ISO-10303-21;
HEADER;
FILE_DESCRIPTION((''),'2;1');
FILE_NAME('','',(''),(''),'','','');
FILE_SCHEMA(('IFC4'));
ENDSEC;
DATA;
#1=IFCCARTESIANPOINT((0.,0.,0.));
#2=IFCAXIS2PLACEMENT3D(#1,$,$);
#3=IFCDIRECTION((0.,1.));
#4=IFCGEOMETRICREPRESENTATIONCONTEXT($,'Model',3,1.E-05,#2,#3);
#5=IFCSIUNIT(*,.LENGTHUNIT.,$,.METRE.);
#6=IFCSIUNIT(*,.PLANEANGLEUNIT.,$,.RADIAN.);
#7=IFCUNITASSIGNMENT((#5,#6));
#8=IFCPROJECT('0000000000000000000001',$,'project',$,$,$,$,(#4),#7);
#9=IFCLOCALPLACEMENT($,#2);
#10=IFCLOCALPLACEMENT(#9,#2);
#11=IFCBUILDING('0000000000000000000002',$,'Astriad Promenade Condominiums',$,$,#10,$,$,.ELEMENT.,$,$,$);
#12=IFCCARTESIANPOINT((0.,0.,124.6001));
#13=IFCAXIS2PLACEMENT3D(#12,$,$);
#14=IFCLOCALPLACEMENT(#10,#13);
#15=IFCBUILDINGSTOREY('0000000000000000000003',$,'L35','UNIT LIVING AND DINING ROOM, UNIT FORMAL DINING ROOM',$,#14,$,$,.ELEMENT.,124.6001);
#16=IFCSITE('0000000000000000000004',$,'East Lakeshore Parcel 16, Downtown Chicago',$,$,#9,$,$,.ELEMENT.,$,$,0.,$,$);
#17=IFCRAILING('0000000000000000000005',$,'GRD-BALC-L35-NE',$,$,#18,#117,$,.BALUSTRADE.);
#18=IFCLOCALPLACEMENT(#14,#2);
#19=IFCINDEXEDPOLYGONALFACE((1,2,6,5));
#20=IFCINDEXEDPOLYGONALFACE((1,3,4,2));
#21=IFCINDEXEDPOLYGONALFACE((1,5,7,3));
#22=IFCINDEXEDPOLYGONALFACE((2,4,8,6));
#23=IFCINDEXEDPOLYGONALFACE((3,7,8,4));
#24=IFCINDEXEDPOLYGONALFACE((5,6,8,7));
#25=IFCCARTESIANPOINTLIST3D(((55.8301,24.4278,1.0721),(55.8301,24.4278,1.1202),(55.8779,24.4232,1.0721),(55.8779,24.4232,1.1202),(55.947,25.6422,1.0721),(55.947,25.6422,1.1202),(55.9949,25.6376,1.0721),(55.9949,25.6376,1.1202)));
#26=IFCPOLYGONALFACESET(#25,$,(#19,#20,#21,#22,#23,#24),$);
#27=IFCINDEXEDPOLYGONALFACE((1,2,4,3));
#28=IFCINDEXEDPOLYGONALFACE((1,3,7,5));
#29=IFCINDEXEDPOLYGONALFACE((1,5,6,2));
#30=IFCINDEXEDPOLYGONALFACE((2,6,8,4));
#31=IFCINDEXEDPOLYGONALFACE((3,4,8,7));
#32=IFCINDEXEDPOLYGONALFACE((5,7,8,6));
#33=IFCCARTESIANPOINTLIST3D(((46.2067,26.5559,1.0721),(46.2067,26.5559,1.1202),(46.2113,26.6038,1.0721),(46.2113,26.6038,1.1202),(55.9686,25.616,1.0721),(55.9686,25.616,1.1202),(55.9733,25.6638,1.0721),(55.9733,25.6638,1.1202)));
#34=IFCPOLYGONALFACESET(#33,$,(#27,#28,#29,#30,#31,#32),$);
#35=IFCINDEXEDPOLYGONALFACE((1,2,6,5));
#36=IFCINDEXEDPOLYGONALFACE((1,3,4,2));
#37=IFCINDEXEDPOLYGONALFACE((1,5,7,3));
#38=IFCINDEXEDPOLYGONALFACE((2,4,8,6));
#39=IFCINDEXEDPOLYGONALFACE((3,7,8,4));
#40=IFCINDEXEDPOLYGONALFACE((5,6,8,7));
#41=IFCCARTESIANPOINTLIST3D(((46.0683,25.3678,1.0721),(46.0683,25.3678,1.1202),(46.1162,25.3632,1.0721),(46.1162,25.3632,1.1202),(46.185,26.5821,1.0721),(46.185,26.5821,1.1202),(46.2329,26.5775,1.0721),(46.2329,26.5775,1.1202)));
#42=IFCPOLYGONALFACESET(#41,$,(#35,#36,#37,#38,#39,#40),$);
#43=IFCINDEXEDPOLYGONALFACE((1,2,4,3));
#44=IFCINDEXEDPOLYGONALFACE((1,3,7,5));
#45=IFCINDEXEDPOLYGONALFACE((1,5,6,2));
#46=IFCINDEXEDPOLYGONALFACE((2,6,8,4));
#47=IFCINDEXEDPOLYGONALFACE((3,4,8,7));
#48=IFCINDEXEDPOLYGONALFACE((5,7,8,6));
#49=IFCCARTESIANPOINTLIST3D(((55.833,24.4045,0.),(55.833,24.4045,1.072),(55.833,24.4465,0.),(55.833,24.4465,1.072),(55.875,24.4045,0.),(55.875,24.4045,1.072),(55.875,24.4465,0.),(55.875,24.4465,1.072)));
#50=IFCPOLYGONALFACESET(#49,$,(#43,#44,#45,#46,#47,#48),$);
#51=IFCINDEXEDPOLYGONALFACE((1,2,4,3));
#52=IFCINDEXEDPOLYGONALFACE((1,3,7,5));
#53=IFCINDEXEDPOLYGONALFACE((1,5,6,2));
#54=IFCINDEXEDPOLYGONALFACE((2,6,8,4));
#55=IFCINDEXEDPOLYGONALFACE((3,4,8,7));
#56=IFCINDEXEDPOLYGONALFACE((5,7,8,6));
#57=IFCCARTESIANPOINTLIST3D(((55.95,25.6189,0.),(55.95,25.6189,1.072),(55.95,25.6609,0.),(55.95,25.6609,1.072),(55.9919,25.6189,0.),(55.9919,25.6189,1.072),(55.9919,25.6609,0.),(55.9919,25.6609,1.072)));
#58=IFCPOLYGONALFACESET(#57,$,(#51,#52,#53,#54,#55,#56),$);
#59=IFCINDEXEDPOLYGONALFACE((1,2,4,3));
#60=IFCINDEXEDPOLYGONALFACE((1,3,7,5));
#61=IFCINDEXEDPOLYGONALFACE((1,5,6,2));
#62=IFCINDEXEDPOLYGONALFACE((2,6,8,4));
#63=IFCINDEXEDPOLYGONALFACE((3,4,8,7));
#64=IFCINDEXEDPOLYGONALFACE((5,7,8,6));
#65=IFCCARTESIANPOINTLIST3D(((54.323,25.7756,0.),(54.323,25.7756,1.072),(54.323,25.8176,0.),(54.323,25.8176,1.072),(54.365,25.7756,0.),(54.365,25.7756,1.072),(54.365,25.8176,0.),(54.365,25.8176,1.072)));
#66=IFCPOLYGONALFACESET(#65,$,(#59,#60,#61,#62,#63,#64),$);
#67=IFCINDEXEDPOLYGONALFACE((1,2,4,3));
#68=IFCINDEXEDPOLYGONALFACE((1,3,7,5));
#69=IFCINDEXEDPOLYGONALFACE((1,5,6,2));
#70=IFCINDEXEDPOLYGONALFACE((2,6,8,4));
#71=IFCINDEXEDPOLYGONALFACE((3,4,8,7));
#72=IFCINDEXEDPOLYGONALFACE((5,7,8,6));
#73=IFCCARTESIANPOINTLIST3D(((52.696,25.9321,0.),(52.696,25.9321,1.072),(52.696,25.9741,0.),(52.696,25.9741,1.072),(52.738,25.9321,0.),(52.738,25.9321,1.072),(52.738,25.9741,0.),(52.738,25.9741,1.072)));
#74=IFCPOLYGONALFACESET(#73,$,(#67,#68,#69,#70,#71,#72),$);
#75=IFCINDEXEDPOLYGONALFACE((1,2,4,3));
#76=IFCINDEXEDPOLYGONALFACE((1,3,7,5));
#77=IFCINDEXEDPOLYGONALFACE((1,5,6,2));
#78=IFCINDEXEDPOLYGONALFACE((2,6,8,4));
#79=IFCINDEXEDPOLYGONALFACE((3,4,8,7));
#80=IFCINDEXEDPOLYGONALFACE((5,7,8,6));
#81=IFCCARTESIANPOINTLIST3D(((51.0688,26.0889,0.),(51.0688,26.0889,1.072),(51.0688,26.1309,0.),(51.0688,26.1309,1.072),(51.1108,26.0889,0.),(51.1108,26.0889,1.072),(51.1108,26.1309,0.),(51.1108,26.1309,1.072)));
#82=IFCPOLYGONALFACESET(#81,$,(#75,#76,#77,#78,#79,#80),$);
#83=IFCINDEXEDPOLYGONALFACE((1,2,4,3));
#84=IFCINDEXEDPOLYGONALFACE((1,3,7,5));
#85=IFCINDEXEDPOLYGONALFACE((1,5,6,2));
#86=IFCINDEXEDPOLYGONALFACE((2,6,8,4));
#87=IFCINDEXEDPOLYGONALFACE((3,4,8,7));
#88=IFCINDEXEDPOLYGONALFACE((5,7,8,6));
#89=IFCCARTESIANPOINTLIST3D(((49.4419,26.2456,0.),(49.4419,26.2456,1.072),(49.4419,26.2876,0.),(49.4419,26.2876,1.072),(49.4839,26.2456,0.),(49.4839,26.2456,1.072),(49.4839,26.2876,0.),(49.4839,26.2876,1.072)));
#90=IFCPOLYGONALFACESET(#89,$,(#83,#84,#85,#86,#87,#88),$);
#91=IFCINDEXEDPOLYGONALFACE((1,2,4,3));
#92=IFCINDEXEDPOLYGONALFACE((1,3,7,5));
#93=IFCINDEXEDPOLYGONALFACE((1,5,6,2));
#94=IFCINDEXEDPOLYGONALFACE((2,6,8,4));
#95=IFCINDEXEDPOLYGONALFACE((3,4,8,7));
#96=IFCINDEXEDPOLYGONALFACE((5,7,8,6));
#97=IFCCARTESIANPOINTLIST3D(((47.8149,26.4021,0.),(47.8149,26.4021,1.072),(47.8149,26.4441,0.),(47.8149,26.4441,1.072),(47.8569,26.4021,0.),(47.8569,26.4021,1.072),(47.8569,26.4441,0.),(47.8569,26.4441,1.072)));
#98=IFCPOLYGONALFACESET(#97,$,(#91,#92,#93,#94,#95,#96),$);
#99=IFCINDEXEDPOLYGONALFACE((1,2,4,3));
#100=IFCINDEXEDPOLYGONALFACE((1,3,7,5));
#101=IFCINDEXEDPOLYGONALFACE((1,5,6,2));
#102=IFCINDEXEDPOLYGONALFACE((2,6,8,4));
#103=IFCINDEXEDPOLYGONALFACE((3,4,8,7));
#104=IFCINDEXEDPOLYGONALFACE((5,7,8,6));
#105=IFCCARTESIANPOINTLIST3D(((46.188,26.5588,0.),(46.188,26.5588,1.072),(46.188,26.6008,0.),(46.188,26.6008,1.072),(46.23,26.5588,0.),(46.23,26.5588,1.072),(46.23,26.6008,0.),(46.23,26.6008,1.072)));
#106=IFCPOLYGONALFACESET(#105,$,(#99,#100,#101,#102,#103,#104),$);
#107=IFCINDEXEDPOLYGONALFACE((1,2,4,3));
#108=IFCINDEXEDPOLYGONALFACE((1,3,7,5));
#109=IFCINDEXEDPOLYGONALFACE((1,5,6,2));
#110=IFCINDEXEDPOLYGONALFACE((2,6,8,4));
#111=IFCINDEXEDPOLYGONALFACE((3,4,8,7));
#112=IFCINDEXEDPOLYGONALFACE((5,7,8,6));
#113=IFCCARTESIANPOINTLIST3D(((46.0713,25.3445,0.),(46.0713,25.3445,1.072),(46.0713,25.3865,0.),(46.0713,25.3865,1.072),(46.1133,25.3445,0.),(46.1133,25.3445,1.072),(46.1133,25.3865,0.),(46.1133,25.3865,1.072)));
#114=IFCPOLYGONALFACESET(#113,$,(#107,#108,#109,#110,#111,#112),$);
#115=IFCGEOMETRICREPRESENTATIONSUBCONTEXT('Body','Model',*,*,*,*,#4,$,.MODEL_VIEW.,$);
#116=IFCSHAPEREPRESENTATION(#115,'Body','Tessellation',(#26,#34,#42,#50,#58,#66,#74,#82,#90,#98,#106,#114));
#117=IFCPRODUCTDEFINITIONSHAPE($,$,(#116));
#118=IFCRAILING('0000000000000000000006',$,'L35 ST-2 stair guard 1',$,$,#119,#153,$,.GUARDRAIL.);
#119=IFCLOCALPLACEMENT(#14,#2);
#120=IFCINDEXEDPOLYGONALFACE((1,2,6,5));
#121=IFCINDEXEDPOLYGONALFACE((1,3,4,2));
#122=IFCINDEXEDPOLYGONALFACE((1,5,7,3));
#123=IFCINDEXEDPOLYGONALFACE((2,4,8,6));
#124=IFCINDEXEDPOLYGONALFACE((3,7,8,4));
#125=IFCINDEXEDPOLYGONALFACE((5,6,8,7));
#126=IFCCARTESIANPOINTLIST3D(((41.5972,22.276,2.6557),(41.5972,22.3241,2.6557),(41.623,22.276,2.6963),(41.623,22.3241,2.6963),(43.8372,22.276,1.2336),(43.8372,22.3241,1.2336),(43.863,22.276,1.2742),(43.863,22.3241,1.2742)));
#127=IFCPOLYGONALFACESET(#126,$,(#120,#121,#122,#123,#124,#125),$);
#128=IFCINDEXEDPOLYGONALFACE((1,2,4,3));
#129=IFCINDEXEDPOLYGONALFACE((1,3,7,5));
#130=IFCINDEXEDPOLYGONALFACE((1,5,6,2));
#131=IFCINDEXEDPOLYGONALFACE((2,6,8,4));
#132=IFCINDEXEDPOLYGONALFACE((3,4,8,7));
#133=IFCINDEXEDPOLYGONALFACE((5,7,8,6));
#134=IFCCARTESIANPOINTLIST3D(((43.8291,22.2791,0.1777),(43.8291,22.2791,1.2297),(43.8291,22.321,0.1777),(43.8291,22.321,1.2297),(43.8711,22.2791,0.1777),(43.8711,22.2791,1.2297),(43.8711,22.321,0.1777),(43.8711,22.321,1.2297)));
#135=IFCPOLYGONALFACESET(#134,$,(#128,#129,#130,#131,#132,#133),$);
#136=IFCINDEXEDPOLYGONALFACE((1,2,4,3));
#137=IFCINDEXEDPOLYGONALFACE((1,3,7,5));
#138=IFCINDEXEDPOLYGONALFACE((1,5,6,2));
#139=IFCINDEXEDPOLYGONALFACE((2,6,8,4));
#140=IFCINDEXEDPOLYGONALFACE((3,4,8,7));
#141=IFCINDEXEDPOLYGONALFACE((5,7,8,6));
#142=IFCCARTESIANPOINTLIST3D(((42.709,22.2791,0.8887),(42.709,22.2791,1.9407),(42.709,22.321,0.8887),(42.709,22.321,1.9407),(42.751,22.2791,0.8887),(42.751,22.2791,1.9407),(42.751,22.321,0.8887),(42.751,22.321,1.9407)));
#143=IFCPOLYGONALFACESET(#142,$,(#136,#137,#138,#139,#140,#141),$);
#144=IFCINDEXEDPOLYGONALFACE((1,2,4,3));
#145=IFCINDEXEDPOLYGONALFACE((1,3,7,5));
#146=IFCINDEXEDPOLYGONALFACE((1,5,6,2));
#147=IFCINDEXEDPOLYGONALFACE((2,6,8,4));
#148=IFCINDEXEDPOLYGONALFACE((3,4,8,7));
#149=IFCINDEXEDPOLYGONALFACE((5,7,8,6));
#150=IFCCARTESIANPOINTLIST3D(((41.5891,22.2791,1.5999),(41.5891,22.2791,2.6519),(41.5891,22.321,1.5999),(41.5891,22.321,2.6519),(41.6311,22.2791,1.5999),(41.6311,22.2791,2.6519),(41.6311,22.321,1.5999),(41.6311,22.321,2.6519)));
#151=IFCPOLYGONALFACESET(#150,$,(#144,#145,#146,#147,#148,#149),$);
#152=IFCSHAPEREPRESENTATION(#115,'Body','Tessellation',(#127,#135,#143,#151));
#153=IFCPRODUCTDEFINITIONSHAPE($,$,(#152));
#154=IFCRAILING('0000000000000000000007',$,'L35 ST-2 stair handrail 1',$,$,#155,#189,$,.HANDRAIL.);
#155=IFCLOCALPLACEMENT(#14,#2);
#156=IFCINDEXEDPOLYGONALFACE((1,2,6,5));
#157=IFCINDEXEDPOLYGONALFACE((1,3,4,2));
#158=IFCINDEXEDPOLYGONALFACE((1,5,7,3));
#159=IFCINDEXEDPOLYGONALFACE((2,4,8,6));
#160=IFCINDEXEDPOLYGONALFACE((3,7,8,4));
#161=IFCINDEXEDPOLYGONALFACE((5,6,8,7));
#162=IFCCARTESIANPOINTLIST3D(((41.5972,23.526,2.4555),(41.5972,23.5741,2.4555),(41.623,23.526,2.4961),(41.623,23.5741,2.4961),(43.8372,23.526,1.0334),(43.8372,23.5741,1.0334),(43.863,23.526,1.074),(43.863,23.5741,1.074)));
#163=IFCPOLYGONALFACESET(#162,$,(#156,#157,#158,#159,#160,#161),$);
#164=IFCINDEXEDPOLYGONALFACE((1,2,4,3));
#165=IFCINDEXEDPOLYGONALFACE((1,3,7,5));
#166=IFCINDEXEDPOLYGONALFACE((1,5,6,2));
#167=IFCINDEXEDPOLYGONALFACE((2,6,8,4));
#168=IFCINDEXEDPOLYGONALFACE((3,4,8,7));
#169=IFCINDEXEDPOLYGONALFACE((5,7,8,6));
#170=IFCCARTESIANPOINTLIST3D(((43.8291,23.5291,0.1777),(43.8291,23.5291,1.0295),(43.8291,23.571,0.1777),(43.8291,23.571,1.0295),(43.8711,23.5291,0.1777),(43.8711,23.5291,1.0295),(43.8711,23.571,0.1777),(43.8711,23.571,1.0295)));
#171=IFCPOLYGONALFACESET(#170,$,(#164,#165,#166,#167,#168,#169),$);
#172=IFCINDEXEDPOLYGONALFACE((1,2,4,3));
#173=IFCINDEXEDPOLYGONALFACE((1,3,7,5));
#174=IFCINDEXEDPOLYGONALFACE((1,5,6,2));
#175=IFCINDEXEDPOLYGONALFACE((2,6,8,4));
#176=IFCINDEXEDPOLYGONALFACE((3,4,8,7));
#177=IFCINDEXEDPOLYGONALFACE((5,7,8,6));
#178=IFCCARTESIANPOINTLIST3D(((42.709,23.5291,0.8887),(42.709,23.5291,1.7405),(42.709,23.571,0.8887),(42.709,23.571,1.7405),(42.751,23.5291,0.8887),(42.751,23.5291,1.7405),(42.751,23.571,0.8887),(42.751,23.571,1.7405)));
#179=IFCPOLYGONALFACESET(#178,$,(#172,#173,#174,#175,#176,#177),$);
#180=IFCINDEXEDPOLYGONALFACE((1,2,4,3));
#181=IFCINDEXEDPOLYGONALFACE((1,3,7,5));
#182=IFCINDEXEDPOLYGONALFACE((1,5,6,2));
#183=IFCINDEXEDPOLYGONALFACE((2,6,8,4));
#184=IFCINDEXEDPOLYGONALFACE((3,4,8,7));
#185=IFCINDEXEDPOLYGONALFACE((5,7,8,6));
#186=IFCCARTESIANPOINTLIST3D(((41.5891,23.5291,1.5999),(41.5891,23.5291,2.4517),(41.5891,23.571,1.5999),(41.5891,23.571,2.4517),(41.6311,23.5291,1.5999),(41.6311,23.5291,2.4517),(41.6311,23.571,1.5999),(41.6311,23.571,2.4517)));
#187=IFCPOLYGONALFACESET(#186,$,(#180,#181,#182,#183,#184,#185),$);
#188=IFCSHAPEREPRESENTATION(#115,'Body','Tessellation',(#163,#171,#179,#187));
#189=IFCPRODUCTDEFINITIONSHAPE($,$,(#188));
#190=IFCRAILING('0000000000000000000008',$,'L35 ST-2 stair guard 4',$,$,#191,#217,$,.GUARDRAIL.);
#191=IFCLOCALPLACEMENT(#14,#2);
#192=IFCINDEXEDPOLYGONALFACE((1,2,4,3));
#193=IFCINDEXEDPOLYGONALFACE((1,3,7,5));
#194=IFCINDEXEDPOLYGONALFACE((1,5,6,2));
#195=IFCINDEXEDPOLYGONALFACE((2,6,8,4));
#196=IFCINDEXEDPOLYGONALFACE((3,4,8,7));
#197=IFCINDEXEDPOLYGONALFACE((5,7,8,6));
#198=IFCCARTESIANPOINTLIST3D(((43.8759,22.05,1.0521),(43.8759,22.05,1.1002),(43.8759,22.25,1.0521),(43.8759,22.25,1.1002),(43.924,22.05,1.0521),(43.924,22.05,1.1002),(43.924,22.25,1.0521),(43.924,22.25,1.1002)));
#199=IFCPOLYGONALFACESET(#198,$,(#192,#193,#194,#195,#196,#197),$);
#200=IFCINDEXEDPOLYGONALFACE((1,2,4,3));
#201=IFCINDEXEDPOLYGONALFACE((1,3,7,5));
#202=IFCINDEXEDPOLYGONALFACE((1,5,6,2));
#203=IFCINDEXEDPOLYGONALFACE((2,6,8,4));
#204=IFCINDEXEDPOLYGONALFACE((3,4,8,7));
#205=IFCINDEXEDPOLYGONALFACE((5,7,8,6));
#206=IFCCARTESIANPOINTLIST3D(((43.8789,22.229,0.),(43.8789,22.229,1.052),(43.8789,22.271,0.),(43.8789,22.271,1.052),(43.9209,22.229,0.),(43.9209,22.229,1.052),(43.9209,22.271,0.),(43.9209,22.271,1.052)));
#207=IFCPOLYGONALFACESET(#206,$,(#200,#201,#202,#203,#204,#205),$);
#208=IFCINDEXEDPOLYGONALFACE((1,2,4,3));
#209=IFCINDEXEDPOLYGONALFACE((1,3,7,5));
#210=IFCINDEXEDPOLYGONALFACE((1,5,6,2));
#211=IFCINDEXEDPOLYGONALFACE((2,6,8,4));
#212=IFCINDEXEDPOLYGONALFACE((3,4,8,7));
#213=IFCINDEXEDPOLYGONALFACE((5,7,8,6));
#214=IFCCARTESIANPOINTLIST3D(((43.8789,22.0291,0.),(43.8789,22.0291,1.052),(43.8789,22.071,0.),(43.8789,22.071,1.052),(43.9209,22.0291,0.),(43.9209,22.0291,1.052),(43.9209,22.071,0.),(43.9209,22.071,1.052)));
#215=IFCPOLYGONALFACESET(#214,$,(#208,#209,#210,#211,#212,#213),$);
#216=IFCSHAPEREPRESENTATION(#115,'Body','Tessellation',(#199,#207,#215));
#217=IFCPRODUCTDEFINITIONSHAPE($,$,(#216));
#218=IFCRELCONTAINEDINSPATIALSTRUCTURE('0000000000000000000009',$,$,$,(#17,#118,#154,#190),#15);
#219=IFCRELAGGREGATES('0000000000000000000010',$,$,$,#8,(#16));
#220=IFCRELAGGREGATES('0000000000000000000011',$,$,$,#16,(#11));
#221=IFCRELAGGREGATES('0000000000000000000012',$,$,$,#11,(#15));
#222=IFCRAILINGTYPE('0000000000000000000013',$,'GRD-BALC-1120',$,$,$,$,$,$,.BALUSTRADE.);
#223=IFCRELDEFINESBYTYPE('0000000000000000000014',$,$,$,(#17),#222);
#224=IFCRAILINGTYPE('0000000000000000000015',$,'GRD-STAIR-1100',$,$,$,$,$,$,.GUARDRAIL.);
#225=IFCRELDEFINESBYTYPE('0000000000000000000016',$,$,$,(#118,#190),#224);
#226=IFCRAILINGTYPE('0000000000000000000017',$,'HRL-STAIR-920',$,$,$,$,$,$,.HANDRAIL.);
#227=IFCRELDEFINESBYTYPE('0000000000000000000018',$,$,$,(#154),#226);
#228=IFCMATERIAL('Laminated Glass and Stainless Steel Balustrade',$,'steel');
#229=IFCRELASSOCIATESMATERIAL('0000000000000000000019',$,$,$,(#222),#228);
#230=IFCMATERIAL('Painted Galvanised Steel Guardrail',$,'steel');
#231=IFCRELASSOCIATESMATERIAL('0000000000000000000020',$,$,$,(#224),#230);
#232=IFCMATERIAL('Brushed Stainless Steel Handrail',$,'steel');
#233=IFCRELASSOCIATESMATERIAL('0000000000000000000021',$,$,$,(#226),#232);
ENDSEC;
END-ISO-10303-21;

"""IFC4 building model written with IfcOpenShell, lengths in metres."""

from ifc_helpers import new_model, si_unit, direction, frame, origin, origin_2d, place, context, subcontext, project, spatial, rectangle, extrude, source, transform, mapped, material, type_object, type_shapes, element, save


model = new_model("IFC4")

# Units and contexts
model_context = context("Model", 3, precision=1e-05, world=origin(), true_north=direction((0.0, 1.0)))
body_context = subcontext(model_context, "Body", "Model", "MODEL_VIEW")
ifc_project = project(units=[si_unit("LENGTHUNIT", "METRE"), si_unit("PLANEANGLEUNIT", "RADIAN")], contexts=[model_context])

# Site, building, storey
site_placement = place(None, origin())
site = spatial("IfcSite", under=ifc_project, at=site_placement, Name="East Lakeshore Parcel 16, Downtown Chicago", CompositionType="ELEMENT", RefElevation=0.0)
building_placement = place(site_placement, origin())
building = spatial("IfcBuilding", under=site, at=building_placement, Name="Astriad Promenade Condominiums", CompositionType="ELEMENT")
storey_placement = place(building_placement, frame((0.0, 0.0, 124.6001)))
storey = spatial("IfcBuildingStorey", under=building, at=storey_placement, Name="L35", Description="UNIT LIVING AND DINING ROOM, UNIT FORMAL DINING ROOM", CompositionType="ELEMENT", Elevation=124.6001)

# Railings
ifc_material_1 = material(Name="Laminated Glass and Stainless Steel Balustrade", Category="steel")
railing_type_1 = type_object("IfcRailingType", Name="GRD-BALC-1120", PredefinedType="BALUSTRADE", material=ifc_material_1)
shared_shape_1 = source(origin(), body_context, "Body", "SweptSolid", [
    extrude(rectangle(XDim=0.0481, YDim=0.0481, at=origin_2d()), frame((0.0, 0.0, 1.0962), z_axis=(0.095857, 0.995395, 0.0), x_axis=(-0.995395, 0.095857, 0.0)), (0.0, 0.0, 1.0), 1.22),
    extrude(rectangle(XDim=0.0481, YDim=0.0481, at=origin_2d()), frame((0.1169, 1.2144, 1.0962), z_axis=(-0.995396, 0.095843, 0.0), x_axis=(-0.095843, -0.995396, 0.0)), (0.0, 0.0, 1.0), 9.8071),
    extrude(rectangle(XDim=0.0481, YDim=0.0481, at=origin_2d()), frame((-9.645, 2.1543, 1.0962), z_axis=(-0.095659, -0.995414, 0.0), x_axis=(0.995414, -0.095659, 0.0)), (0.0, 0.0, 1.0), 1.22),
    extrude(rectangle(XDim=0.042, YDim=0.042, at=origin_2d()), origin(), (0.0, 0.0, 1.0), 1.072),
    extrude(rectangle(XDim=0.042, YDim=0.042, at=origin_2d()), frame((0.1169, 1.2144, 0.0)), (0.0, 0.0, 1.0), 1.072),
    extrude(rectangle(XDim=0.042, YDim=0.042, at=origin_2d()), frame((-1.51, 1.3711, 0.0)), (0.0, 0.0, 1.0), 1.072),
    extrude(rectangle(XDim=0.042, YDim=0.042, at=origin_2d()), frame((-3.137, 1.5276, 0.0)), (0.0, 0.0, 1.0), 1.072),
    extrude(rectangle(XDim=0.042, YDim=0.042, at=origin_2d()), frame((-4.7642, 1.6843, 0.0)), (0.0, 0.0, 1.0), 1.072),
    extrude(rectangle(XDim=0.042, YDim=0.042, at=origin_2d()), frame((-6.3911, 1.8411, 0.0)), (0.0, 0.0, 1.0), 1.072),
    extrude(rectangle(XDim=0.042, YDim=0.042, at=origin_2d()), frame((-8.0181, 1.9976, 0.0)), (0.0, 0.0, 1.0), 1.072),
    extrude(rectangle(XDim=0.042, YDim=0.042, at=origin_2d()), frame((-9.645, 2.1543, 0.0)), (0.0, 0.0, 1.0), 1.072),
    extrude(rectangle(XDim=0.042, YDim=0.042, at=origin_2d()), frame((-9.7617, 0.9399, 0.0)), (0.0, 0.0, 1.0), 1.072),
])
type_shapes(railing_type_1, [shared_shape_1])
railing_1_placement = place(storey_placement, frame((55.854, 24.4255, 0.0)))
element("IfcRailing", 1, at=railing_1_placement, inside=storey, type_object=railing_type_1, Name="GRD-BALC-L35-NE", PredefinedType="BALUSTRADE", context=body_context, shape_type="MappedRepresentation", body=[
    mapped(shared_shape_1, transform((0.0, 0.0, 0.0), scale=1.0)),
])
ifc_material_2 = material(Name="Painted Galvanised Steel Guardrail", Category="steel")
railing_type_2 = type_object("IfcRailingType", Name="GRD-STAIR-1100", PredefinedType="GUARDRAIL", material=ifc_material_2)
shared_shape_2 = source(origin(), body_context, "Body", "SweptSolid", [
    extrude(rectangle(XDim=0.0481, YDim=0.0481, at=origin_2d()), frame((0.0, 0.0, 1.0762), z_axis=(-0.844229, 0.0, 0.535982), x_axis=(0.0, -1.0, 0.0)), (0.0, 0.0, 1.0), 2.6533),
    extrude(rectangle(XDim=0.042, YDim=0.042, at=origin_2d()), origin(), (0.0, 0.0, 1.0), 1.052),
    extrude(rectangle(XDim=0.042, YDim=0.042, at=origin_2d()), frame((-1.1201, 0.0, 0.7109)), (0.0, 0.0, 1.0), 1.052),
    extrude(rectangle(XDim=0.042, YDim=0.042, at=origin_2d()), frame((-2.24, 0.0, 1.4221)), (0.0, 0.0, 1.0), 1.052),
])
railing_2_placement = place(storey_placement, frame((43.8501, 22.3, 0.1777)))
element("IfcRailing", 2, at=railing_2_placement, inside=storey, type_object=railing_type_2, Name="L35 ST-2 stair guard 1", PredefinedType="GUARDRAIL", context=body_context, shape_type="MappedRepresentation", body=[
    mapped(shared_shape_2, transform((0.0, 0.0, 0.0), scale=1.0)),
])
ifc_material_3 = material(Name="Brushed Stainless Steel Handrail", Category="steel")
railing_type_3 = type_object("IfcRailingType", Name="HRL-STAIR-920", PredefinedType="HANDRAIL", material=ifc_material_3)
shared_shape_3 = source(origin(), body_context, "Body", "SweptSolid", [
    extrude(rectangle(XDim=0.0481, YDim=0.0481, at=origin_2d()), frame((0.0, 0.0, 0.876), z_axis=(-0.844229, 0.0, 0.535982), x_axis=(0.0, -1.0, 0.0)), (0.0, 0.0, 1.0), 2.6533),
    extrude(rectangle(XDim=0.042, YDim=0.042, at=origin_2d()), origin(), (0.0, 0.0, 1.0), 0.8518),
    extrude(rectangle(XDim=0.042, YDim=0.042, at=origin_2d()), frame((-1.1201, 0.0, 0.7109)), (0.0, 0.0, 1.0), 0.8518),
    extrude(rectangle(XDim=0.042, YDim=0.042, at=origin_2d()), frame((-2.24, 0.0, 1.4221)), (0.0, 0.0, 1.0), 0.8518),
])
type_shapes(railing_type_3, [shared_shape_3])
railing_3_placement = place(storey_placement, frame((43.8501, 23.55, 0.1777)))
element("IfcRailing", 3, at=railing_3_placement, inside=storey, type_object=railing_type_3, Name="L35 ST-2 stair handrail 1", PredefinedType="HANDRAIL", context=body_context, shape_type="MappedRepresentation", body=[
    mapped(shared_shape_3, transform((0.0, 0.0, 0.0), scale=1.0)),
])
shared_shape_4 = source(origin(), body_context, "Body", "SweptSolid", [
    extrude(rectangle(XDim=0.0481, YDim=0.0481, at=origin_2d()), frame((0.0, 0.0, 1.0762), z_axis=(0.0, -1.0, 0.0), x_axis=(1.0, 0.0, 0.0)), (0.0, 0.0, 1.0), 0.2),
    extrude(rectangle(XDim=0.042, YDim=0.042, at=origin_2d()), origin(), (0.0, 0.0, 1.0), 1.052),
    extrude(rectangle(XDim=0.042, YDim=0.042, at=origin_2d()), frame((0.0, -0.2, 0.0)), (0.0, 0.0, 1.0), 1.052),
])
type_shapes(railing_type_2, [shared_shape_2, shared_shape_4])
railing_4_placement = place(storey_placement, frame((43.8999, 22.25, 0.0)))
element("IfcRailing", 4, at=railing_4_placement, inside=storey, type_object=railing_type_2, Name="L35 ST-2 stair guard 4", PredefinedType="GUARDRAIL", context=body_context, shape_type="MappedRepresentation", body=[
    mapped(shared_shape_4, transform((0.0, 0.0, 0.0), scale=1.0)),
])

save(model, "model.ifc")
